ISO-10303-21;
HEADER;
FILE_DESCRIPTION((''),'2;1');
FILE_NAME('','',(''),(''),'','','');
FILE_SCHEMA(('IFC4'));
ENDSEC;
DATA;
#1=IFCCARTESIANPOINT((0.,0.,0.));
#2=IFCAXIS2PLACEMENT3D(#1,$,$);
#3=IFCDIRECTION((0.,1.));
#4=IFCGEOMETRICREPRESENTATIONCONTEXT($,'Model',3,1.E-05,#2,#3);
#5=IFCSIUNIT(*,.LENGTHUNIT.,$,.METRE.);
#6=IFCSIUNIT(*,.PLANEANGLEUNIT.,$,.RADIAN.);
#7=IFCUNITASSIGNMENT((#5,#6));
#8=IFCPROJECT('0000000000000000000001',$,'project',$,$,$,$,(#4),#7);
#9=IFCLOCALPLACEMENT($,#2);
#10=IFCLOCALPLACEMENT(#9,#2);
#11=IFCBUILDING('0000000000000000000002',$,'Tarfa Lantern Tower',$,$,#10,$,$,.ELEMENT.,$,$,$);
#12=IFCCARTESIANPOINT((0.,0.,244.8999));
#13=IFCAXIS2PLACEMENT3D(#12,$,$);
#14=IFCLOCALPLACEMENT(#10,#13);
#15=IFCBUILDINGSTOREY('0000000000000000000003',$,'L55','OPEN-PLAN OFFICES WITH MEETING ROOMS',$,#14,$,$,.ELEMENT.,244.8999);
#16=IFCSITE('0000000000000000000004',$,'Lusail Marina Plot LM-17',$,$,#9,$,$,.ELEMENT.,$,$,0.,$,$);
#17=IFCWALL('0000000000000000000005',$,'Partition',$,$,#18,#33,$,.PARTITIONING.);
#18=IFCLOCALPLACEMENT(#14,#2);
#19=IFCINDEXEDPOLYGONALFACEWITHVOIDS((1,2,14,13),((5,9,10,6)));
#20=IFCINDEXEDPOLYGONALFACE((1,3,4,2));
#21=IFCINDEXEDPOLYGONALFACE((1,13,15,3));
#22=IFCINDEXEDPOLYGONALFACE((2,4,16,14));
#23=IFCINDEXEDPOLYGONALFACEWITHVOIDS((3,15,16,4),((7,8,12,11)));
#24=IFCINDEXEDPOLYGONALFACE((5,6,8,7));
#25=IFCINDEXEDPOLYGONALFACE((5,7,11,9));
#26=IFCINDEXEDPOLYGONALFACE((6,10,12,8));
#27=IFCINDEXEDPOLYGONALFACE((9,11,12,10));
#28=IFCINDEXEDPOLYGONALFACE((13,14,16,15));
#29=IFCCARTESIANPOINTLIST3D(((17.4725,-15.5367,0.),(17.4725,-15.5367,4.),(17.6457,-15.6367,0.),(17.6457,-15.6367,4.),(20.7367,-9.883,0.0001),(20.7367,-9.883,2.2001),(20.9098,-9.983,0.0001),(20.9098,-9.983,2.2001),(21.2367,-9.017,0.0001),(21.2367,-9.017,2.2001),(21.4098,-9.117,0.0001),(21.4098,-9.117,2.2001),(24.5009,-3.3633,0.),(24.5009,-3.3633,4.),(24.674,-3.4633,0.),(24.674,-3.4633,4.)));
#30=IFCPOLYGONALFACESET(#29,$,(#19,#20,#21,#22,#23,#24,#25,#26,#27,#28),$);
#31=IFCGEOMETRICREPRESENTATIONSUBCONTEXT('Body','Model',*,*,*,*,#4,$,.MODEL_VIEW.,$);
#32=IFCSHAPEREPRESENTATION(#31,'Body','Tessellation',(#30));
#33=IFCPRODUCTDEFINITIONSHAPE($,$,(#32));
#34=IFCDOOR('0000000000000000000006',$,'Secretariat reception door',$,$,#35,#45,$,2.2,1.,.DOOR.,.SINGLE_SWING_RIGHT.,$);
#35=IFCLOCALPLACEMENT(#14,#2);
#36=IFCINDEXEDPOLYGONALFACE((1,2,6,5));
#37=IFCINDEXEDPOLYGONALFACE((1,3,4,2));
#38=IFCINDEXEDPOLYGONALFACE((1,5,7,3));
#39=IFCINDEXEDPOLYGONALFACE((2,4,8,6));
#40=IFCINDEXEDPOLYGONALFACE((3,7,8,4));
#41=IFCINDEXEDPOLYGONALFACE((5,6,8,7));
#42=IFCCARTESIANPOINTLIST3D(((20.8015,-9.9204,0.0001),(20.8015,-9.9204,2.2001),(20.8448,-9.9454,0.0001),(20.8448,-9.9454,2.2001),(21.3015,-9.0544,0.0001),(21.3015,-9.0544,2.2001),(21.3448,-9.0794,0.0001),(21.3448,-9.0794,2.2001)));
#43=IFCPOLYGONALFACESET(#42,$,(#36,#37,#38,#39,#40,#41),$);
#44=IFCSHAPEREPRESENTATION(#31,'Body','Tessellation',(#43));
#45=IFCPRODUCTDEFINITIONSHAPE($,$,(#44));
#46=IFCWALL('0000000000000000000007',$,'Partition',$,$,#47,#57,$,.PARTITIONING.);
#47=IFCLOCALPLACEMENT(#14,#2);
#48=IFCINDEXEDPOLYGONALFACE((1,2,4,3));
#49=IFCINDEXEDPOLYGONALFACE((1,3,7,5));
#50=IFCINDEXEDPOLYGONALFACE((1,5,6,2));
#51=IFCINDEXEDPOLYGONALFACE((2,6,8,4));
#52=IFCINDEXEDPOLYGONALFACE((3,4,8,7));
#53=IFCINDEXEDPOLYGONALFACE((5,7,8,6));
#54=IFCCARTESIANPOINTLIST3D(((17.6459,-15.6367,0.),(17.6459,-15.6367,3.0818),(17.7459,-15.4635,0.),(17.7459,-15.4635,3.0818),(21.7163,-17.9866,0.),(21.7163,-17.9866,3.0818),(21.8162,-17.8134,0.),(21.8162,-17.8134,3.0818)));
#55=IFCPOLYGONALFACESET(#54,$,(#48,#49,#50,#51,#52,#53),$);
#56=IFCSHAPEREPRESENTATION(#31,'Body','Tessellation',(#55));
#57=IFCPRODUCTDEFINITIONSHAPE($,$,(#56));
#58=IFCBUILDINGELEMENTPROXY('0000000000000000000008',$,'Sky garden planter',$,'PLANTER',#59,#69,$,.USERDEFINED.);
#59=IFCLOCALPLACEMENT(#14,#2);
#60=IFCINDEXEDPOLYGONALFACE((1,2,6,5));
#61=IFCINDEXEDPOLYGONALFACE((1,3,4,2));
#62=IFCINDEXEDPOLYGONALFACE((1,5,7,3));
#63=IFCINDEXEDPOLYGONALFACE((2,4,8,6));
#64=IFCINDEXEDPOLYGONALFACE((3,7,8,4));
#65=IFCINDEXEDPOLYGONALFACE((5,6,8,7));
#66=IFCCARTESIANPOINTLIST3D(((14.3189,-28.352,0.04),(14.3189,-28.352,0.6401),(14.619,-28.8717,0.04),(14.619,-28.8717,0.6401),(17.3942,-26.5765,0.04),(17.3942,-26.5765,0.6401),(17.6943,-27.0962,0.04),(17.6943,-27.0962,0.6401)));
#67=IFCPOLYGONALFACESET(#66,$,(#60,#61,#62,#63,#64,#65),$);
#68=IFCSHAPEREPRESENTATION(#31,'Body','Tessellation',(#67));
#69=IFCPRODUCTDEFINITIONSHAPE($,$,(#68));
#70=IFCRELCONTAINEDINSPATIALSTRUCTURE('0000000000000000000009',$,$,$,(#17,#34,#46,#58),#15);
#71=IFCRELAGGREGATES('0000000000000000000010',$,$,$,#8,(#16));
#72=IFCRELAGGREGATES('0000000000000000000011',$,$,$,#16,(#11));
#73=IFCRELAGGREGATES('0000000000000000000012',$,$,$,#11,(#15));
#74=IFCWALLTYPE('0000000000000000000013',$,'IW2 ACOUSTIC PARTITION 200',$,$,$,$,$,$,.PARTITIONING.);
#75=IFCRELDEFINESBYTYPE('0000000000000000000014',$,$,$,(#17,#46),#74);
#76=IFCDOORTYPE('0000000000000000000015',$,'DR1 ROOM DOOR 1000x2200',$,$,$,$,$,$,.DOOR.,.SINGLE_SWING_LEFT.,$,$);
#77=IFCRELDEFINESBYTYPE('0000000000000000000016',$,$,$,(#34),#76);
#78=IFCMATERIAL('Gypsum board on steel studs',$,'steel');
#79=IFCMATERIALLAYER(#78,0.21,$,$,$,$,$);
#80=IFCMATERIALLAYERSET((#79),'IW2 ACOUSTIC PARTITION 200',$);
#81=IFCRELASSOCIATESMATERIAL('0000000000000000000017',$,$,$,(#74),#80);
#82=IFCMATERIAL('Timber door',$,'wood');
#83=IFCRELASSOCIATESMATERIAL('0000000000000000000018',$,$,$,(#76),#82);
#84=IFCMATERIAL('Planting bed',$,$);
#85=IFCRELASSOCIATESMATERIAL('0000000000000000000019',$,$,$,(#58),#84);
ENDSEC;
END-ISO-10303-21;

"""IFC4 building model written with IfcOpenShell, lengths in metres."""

from ifc_helpers import new_model, si_unit, direction, frame, frame_2d, origin, origin_2d, place, context, subcontext, project, spatial, rectangle, extrude, material, layer, layer_set, type_object, element, fill, save


model = new_model("IFC4")

# Units and contexts
model_context = context("Model", 3, precision=1e-05, world=origin(), true_north=direction((0.0, 1.0)))
body_context = subcontext(model_context, "Body", "Model", "MODEL_VIEW")
ifc_project = project(units=[si_unit("LENGTHUNIT", "METRE"), si_unit("PLANEANGLEUNIT", "RADIAN")], contexts=[model_context])

# Site, building, storey
site_placement = place(None, origin())
site = spatial("IfcSite", under=ifc_project, at=site_placement, Name="Lusail Marina Plot LM-17", CompositionType="ELEMENT", RefElevation=0.0)
building_placement = place(site_placement, origin())
building = spatial("IfcBuilding", under=site, at=building_placement, Name="Tarfa Lantern Tower", CompositionType="ELEMENT")
storey_placement = place(building_placement, frame((0.0, 0.0, 244.8999)))
storey = spatial("IfcBuildingStorey", under=building, at=storey_placement, Name="L55", Description="OPEN-PLAN OFFICES WITH MEETING ROOMS", CompositionType="ELEMENT", Elevation=244.8999)

# Wall, opening, door
ifc_material_1 = material(Name="Gypsum board on steel studs", Category="steel")
ifc_layer_1 = layer(ifc_material_1, 0.21)
ifc_layer_set_1 = layer_set([ifc_layer_1], Name="IW2 ACOUSTIC PARTITION 200")
wall_type_1 = type_object("IfcWallType", Name="IW2 ACOUSTIC PARTITION 200", PredefinedType="PARTITIONING", material=ifc_layer_set_1)
wall_1_placement = place(storey_placement, frame((17.5591, -15.5867, 0.0), z_axis=(0.0, 0.0, 1.0), x_axis=(0.500002, 0.866024, 0.0)))
wall_1 = element("IfcWall", 1, at=wall_1_placement, inside=storey, type_object=wall_type_1, Name="Partition", PredefinedType="PARTITIONING", context=body_context, shape_type="SweptSolid", body=[
    extrude(rectangle(XDim=14.0566, YDim=0.2, at=frame_2d((7.0283, 0.0))), origin(), (0.0, 0.0, 1.0), 4.0),
])
opening_1_placement = place(wall_1_placement, frame((6.5283, 0.0, 0.0)))
opening_1 = element("IfcOpeningElement", 2, at=opening_1_placement, cuts=wall_1, PredefinedType="OPENING", context=body_context, shape_type="SweptSolid", body=[
    extrude(rectangle(XDim=1.0, YDim=2.2, at=frame_2d((0.5, 1.1001))), frame((0.0, 0.1099, 0.0), z_axis=(0.0, -1.0, 0.0), x_axis=(1.0, 0.0, 0.0)), (0.0, 0.0, 1.0), 0.22),
])
ifc_material_2 = material(Name="Timber door", Category="wood")
door_type_1 = type_object("IfcDoorType", Name="DR1 ROOM DOOR 1000x2200", OperationType="SINGLE_SWING_LEFT", PredefinedType="DOOR", material=ifc_material_2)
door_1_placement = place(opening_1_placement, frame((1.0, 0.0, 0.0), z_axis=(0.0, 0.0, 1.0), x_axis=(-1.0, 0.0, 0.0)))
door_1 = element("IfcDoor", 3, at=door_1_placement, inside=storey, type_object=door_type_1, Name="Secretariat reception door", OperationType="SINGLE_SWING_RIGHT", OverallHeight=2.2, OverallWidth=1.0, PredefinedType="DOOR", context=body_context, shape_type="SweptSolid", body=[
    extrude(rectangle(XDim=1.0, YDim=2.2, at=frame_2d((0.5, 1.1001))), frame((0.0, 0.0249, 0.0), z_axis=(0.0, -1.0, 0.0), x_axis=(1.0, 0.0, 0.0)), (0.0, 0.0, 1.0), 0.05),
])
fill(opening_1, door_1)

# Wall
wall_2_placement = place(storey_placement, frame((17.6958, -15.55, 0.0), z_axis=(0.0, 0.0, 1.0), x_axis=(0.866039, -0.499977, 0.0)))
element("IfcWall", 4, at=wall_2_placement, inside=storey, type_object=wall_type_1, Name="Partition", PredefinedType="PARTITIONING", context=body_context, shape_type="SweptSolid", body=[
    extrude(rectangle(XDim=4.7, YDim=0.2, at=frame_2d((2.3501, 0.0))), origin(), (0.0, 0.0, 1.0), 3.0818),
])

# Building element proxy
ifc_material_3 = material(Name="Planting bed")
proxy_placement = place(storey_placement, frame((16.0066, -27.7241, 0.04), z_axis=(0.0, 0.0, 1.0), x_axis=(0.866025, 0.5, 0.0)))
element("IfcBuildingElementProxy", 5, at=proxy_placement, inside=storey, material=ifc_material_3, Name="Sky garden planter", ObjectType="PLANTER", PredefinedType="USERDEFINED", context=body_context, shape_type="SweptSolid", body=[
    extrude(rectangle(XDim=3.551, YDim=0.6001, at=origin_2d()), origin(), (0.0, 0.0, 1.0), 0.6001),
])

save(model, "model.ifc")
